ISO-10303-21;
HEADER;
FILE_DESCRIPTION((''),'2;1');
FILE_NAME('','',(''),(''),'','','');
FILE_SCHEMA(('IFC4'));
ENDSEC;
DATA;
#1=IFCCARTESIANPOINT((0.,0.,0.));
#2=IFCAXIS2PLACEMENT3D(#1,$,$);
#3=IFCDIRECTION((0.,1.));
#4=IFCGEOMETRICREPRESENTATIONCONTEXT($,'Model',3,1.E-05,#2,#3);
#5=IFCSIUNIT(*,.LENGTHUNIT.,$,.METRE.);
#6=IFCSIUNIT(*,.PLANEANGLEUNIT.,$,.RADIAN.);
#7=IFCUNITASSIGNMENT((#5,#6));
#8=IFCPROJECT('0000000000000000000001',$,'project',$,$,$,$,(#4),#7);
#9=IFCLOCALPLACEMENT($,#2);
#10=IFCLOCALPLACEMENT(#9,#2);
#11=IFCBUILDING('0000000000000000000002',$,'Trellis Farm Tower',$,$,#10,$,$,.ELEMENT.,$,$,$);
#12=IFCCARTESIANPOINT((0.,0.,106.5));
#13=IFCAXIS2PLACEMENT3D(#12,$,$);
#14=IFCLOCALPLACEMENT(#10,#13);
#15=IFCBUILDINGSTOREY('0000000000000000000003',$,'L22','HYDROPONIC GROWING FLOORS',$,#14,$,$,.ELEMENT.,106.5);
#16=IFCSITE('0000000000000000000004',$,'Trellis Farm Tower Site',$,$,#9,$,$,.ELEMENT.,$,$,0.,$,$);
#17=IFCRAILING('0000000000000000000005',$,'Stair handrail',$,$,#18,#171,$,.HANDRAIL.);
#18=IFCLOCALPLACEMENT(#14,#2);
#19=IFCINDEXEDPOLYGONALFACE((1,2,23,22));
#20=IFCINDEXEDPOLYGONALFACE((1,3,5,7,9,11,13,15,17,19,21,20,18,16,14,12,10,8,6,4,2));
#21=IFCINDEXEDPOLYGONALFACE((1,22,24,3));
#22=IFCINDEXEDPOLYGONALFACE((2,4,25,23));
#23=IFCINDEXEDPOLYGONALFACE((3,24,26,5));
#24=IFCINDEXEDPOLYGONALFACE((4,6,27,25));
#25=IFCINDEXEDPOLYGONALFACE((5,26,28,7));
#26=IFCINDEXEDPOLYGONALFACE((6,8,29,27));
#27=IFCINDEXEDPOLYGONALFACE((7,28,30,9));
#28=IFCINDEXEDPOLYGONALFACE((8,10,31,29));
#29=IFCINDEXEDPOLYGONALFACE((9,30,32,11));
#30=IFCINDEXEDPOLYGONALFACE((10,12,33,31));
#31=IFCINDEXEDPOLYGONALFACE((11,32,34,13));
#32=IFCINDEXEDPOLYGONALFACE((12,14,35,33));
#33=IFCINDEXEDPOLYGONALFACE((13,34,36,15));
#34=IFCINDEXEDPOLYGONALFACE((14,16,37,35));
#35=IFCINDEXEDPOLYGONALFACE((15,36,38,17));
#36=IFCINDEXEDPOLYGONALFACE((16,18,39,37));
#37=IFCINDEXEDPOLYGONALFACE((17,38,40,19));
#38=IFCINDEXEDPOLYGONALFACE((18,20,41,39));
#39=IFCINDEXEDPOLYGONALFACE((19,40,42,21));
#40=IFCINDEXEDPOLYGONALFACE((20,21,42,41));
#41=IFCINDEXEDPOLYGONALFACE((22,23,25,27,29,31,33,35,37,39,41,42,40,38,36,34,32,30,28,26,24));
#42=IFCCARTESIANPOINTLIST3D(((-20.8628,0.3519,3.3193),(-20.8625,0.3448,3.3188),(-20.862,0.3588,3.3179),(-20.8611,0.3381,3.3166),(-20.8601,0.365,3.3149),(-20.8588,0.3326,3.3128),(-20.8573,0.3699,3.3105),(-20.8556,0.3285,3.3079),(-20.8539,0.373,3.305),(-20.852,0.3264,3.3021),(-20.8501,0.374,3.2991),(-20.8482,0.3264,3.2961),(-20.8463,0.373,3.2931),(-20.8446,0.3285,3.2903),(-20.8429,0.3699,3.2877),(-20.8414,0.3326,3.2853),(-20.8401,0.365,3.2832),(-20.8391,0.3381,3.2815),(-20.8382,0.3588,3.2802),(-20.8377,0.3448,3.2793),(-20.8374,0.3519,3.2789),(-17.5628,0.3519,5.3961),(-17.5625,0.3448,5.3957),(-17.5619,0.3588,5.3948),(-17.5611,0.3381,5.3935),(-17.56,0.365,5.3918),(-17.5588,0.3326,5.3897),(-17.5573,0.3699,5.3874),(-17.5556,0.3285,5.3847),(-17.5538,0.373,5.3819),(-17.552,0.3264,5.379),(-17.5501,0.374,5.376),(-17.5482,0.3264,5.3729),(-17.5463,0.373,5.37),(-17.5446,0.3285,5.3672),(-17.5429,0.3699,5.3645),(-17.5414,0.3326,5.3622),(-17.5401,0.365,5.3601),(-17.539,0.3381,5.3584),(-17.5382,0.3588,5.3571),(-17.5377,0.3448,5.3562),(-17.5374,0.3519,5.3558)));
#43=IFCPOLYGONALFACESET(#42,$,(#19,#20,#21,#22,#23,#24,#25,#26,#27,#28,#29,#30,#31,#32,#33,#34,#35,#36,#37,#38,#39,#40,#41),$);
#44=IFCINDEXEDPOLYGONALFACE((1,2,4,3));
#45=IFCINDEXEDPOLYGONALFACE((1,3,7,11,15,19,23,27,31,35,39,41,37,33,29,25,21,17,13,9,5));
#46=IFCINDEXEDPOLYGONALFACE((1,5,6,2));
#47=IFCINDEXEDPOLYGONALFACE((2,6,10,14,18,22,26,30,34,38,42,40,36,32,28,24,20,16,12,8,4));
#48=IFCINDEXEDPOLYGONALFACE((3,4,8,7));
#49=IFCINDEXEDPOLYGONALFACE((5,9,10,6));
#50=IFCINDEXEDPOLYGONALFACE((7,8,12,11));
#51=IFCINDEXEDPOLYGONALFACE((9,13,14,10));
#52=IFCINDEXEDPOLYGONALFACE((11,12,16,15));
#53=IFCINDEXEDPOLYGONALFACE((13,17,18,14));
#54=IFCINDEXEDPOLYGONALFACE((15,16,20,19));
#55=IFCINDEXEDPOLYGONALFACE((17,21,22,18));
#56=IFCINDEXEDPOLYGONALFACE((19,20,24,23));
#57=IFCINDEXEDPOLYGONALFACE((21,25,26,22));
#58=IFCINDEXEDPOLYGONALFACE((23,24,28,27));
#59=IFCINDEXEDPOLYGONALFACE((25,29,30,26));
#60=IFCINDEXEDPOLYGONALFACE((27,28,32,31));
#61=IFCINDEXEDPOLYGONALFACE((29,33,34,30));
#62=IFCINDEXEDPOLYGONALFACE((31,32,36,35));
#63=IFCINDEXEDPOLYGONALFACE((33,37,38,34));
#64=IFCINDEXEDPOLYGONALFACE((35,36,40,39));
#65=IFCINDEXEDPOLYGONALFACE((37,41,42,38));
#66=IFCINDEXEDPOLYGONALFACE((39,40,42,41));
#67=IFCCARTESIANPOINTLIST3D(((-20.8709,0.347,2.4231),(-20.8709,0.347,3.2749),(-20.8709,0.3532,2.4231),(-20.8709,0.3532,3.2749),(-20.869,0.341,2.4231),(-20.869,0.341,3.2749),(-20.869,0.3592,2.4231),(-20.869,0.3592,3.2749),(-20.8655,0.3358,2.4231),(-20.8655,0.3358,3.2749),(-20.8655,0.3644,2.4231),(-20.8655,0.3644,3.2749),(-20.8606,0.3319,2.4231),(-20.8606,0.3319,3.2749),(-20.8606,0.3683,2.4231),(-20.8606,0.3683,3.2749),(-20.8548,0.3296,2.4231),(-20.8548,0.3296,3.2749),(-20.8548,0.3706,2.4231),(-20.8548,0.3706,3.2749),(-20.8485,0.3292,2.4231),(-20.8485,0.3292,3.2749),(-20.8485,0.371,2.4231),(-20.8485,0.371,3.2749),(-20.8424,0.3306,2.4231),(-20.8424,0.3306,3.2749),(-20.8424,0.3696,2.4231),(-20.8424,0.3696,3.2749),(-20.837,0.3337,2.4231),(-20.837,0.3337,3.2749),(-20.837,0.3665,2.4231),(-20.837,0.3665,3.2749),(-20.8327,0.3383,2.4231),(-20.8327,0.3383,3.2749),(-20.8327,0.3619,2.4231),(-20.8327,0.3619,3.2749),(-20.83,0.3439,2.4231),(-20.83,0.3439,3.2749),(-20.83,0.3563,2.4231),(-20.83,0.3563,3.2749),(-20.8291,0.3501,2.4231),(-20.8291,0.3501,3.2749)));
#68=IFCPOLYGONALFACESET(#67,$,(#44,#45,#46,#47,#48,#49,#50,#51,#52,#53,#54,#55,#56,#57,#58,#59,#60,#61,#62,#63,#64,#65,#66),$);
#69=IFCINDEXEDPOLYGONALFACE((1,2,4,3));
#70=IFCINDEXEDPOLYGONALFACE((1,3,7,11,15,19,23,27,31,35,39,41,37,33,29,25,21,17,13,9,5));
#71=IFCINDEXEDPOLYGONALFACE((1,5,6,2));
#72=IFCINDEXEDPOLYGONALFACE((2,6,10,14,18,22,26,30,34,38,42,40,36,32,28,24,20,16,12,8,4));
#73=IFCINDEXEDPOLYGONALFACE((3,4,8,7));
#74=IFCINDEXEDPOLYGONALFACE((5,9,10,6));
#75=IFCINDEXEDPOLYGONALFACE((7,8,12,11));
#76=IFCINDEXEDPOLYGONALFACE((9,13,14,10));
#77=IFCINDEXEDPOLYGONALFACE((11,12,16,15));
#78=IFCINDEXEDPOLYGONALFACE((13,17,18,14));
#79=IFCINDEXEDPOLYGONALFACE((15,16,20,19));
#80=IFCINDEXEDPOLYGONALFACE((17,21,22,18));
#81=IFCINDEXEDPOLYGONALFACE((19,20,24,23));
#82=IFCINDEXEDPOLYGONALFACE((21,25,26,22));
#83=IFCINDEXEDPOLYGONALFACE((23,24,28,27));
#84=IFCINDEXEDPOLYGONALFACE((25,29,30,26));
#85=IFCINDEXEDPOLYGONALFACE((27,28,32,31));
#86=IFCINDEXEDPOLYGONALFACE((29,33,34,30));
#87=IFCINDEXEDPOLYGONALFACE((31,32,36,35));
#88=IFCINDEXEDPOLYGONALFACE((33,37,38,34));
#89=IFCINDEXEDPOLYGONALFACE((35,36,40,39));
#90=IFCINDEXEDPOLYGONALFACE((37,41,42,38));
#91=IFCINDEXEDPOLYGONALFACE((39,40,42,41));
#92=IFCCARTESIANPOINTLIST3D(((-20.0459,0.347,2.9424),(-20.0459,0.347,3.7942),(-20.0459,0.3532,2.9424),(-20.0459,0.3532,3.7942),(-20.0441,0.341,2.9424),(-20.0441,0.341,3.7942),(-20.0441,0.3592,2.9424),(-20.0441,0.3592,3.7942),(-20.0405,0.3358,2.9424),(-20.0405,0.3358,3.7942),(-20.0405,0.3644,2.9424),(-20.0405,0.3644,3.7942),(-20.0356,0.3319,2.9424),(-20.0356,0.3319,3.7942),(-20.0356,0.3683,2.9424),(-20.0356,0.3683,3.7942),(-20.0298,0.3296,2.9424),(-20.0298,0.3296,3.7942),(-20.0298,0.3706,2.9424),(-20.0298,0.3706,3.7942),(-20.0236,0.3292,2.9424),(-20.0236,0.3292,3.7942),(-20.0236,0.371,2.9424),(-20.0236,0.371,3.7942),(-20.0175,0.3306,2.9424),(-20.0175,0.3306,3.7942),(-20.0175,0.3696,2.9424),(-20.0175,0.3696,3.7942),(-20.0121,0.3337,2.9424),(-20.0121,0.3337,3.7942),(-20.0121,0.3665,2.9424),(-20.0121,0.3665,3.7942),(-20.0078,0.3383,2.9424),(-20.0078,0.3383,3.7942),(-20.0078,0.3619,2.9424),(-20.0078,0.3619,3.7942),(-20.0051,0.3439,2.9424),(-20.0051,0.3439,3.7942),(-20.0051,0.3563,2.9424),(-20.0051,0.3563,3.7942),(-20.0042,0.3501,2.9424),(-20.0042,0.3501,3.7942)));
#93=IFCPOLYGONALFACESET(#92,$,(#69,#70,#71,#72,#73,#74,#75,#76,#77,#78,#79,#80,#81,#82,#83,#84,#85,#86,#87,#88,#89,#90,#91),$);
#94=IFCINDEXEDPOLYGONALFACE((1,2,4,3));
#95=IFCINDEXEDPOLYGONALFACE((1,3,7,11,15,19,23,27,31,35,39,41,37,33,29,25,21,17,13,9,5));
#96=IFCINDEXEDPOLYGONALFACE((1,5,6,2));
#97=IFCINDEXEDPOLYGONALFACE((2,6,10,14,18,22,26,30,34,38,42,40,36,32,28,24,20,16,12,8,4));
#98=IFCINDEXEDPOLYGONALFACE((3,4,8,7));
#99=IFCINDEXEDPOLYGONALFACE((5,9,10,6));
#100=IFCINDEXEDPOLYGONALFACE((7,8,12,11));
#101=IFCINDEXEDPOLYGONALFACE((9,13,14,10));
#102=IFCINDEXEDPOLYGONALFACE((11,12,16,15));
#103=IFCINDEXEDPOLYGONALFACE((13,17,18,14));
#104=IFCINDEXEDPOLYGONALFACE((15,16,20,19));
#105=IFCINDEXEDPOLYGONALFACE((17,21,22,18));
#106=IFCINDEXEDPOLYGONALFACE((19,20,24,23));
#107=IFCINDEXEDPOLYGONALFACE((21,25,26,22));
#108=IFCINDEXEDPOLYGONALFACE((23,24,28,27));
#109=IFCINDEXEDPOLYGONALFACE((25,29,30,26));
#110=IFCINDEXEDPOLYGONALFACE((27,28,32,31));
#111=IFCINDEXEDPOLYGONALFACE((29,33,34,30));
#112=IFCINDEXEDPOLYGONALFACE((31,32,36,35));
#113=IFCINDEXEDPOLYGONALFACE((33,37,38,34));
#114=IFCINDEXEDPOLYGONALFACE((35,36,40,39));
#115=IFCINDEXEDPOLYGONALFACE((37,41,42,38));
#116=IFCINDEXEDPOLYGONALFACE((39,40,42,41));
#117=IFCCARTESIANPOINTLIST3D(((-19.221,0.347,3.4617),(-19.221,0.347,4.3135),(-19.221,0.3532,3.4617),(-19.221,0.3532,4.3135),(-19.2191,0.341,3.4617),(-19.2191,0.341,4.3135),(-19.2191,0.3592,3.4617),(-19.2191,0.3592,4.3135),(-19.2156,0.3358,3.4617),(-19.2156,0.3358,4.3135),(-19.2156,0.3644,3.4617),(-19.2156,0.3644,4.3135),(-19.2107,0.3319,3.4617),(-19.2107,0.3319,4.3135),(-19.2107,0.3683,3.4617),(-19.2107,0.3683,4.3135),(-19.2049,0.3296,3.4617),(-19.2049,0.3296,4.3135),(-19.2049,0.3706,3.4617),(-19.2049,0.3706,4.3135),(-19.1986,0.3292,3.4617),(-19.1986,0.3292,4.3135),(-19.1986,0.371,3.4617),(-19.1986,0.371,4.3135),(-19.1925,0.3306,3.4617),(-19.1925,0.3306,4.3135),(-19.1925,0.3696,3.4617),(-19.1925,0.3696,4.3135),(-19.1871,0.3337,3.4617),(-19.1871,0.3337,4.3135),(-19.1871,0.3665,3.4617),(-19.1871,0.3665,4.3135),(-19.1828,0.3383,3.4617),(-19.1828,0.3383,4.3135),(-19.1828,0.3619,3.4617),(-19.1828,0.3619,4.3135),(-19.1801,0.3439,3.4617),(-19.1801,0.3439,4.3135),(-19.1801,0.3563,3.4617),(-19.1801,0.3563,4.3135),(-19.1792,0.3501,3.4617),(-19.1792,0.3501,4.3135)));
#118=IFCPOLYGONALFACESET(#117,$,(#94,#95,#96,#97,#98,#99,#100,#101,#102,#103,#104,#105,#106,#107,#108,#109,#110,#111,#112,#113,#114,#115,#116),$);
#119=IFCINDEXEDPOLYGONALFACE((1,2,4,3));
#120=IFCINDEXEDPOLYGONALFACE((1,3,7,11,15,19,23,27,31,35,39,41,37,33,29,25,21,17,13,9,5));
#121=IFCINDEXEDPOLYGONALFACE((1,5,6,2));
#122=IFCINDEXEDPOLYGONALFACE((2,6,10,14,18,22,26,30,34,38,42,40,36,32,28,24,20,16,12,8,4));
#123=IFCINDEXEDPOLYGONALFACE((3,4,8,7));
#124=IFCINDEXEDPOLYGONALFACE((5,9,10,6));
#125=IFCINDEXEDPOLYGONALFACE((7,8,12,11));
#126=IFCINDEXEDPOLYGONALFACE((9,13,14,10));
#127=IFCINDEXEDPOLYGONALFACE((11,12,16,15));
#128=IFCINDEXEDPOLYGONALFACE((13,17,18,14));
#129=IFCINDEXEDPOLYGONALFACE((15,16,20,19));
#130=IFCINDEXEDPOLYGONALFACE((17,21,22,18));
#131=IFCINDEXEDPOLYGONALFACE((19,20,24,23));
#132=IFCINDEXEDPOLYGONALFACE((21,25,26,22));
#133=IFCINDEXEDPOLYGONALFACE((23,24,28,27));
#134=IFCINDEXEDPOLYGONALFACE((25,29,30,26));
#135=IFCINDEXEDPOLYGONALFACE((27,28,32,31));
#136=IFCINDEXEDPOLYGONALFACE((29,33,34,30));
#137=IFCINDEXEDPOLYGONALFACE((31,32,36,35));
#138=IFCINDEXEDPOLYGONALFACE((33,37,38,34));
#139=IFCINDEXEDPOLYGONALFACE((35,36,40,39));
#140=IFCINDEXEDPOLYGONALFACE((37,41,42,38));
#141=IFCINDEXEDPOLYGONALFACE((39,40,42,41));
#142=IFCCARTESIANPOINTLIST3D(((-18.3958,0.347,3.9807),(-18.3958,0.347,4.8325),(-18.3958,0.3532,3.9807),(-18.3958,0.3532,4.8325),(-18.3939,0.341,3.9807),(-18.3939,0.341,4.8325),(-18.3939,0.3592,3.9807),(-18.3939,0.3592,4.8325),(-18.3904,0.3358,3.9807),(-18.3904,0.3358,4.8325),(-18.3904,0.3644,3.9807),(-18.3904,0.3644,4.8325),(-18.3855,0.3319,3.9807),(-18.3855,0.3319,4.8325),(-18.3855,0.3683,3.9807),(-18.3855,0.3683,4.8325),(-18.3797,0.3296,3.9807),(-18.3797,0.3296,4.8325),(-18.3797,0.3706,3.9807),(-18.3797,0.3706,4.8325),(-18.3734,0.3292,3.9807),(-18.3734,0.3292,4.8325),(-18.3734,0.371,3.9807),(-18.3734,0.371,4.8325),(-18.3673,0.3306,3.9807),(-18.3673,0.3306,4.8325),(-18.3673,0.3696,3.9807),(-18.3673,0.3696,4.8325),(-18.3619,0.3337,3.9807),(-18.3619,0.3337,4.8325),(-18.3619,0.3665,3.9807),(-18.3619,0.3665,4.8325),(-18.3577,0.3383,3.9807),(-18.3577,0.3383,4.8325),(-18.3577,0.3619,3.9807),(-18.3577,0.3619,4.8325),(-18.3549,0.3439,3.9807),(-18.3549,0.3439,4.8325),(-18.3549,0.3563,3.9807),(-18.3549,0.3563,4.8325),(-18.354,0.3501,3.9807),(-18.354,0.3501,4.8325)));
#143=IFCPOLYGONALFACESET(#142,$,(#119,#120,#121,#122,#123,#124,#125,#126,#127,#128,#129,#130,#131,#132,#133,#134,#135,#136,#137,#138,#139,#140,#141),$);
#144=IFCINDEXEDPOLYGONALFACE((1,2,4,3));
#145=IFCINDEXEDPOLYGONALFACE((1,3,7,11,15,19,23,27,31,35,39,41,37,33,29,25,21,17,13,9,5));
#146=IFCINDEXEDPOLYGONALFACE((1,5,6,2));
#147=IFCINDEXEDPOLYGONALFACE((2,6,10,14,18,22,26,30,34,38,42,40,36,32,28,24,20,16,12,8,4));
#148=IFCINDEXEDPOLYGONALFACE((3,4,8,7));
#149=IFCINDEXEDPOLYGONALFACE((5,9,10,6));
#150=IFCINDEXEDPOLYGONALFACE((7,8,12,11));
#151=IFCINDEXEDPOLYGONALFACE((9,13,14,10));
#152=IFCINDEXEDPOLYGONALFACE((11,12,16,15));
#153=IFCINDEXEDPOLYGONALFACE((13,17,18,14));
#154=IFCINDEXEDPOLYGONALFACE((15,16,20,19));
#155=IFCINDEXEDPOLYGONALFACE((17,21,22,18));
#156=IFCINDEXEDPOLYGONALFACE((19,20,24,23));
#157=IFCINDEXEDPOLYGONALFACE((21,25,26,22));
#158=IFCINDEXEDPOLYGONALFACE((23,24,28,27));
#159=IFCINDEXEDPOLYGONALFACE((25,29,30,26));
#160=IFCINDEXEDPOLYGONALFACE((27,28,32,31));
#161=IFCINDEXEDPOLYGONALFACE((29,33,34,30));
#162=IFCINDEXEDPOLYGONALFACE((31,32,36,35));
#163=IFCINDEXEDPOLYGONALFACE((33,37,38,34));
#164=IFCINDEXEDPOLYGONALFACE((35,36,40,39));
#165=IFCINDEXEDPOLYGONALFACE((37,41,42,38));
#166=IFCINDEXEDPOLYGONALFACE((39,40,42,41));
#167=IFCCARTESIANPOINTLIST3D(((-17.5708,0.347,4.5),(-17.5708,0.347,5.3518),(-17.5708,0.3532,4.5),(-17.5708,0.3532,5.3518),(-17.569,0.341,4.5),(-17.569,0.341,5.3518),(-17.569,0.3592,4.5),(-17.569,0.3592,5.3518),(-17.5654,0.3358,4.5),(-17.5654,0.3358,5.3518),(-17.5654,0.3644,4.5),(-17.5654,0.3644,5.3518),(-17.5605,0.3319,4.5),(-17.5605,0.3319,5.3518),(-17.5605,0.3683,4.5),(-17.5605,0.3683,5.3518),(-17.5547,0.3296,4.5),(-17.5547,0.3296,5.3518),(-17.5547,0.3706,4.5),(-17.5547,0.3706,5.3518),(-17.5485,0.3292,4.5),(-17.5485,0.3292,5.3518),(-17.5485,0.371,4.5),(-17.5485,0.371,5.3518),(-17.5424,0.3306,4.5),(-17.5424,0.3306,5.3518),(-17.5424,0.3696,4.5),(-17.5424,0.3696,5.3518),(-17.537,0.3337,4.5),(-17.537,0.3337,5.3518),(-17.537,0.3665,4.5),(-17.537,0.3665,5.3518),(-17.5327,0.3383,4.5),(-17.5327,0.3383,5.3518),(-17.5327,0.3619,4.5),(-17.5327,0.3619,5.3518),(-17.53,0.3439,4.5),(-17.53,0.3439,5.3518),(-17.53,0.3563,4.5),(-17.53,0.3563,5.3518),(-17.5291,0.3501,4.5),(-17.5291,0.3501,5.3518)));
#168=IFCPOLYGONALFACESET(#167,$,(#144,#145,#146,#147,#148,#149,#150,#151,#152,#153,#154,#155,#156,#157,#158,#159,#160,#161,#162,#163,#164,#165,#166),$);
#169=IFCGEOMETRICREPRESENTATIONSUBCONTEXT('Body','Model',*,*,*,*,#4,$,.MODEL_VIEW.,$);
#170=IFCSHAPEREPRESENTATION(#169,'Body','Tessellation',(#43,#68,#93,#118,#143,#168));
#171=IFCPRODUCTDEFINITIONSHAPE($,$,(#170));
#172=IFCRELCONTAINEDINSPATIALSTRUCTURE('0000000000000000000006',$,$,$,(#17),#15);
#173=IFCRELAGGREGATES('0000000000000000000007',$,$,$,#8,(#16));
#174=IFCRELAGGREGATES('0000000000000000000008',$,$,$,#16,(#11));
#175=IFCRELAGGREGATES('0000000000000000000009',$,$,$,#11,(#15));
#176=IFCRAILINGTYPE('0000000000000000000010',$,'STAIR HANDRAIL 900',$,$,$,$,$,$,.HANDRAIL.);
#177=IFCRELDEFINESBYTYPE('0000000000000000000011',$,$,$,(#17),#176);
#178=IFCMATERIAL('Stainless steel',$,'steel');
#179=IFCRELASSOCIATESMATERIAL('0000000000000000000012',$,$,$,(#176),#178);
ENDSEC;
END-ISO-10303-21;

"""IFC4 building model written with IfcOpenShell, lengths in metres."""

from ifc_helpers import new_model, si_unit, direction, frame, origin, origin_2d, place, context, subcontext, project, spatial, circle, extrude, source, transform, mapped, material, type_object, element, save


model = new_model("IFC4")

# Units and contexts
model_context = context("Model", 3, precision=1e-05, world=origin(), true_north=direction((0.0, 1.0)))
body_context = subcontext(model_context, "Body", "Model", "MODEL_VIEW")
ifc_project = project(units=[si_unit("LENGTHUNIT", "METRE"), si_unit("PLANEANGLEUNIT", "RADIAN")], contexts=[model_context])

# Site, building, storey
site_placement = place(None, origin())
site = spatial("IfcSite", under=ifc_project, at=site_placement, Name="Trellis Farm Tower Site", CompositionType="ELEMENT", RefElevation=0.0)
building_placement = place(site_placement, origin())
building = spatial("IfcBuilding", under=site, at=building_placement, Name="Trellis Farm Tower", CompositionType="ELEMENT")
storey_placement = place(building_placement, frame((0.0, 0.0, 106.5)))
storey = spatial("IfcBuildingStorey", under=building, at=storey_placement, Name="L22", Description="HYDROPONIC GROWING FLOORS", CompositionType="ELEMENT", Elevation=106.5)

# Railing
ifc_material_1 = material(Name="Stainless steel", Category="steel")
railing_type = type_object("IfcRailingType", Name="STAIR HANDRAIL 900", PredefinedType="HANDRAIL", material=ifc_material_1)
shared_shape_1 = source(origin(), body_context, "Body", "SweptSolid", [
    extrude(circle(Radius=0.0239, at=origin_2d()), frame((0.0, 0.0, 0.876), z_axis=(0.846337, 0.0, 0.532647), x_axis=(0.0, 1.0, 0.0)), (0.0, 0.0, 1.0), 3.8992),
    extrude(circle(Radius=0.021, at=origin_2d()), origin(), (0.0, 0.0, 1.0), 0.8518),
    extrude(circle(Radius=0.021, at=origin_2d()), frame((0.825, 0.0, 0.5193)), (0.0, 0.0, 1.0), 0.8518),
    extrude(circle(Radius=0.021, at=origin_2d()), frame((1.6499, 0.0, 1.0386)), (0.0, 0.0, 1.0), 0.8518),
    extrude(circle(Radius=0.021, at=origin_2d()), frame((2.4751, 0.0, 1.5576)), (0.0, 0.0, 1.0), 0.8518),
    extrude(circle(Radius=0.021, at=origin_2d()), frame((3.3, 0.0, 2.0769)), (0.0, 0.0, 1.0), 0.8518),
])
for number, where, name in (
    (1, (-20.8501, 0.3501, 2.4231), "Stair handrail"),
):
    element("IfcRailing", number, at=place(storey_placement, frame(where)), inside=storey, type_object=railing_type, Name=name, PredefinedType="HANDRAIL", context=body_context, shape_type="MappedRepresentation", body=[
        mapped(shared_shape_1, transform((0.0, 0.0, 0.0))),
    ])

save(model, "model.ifc")
